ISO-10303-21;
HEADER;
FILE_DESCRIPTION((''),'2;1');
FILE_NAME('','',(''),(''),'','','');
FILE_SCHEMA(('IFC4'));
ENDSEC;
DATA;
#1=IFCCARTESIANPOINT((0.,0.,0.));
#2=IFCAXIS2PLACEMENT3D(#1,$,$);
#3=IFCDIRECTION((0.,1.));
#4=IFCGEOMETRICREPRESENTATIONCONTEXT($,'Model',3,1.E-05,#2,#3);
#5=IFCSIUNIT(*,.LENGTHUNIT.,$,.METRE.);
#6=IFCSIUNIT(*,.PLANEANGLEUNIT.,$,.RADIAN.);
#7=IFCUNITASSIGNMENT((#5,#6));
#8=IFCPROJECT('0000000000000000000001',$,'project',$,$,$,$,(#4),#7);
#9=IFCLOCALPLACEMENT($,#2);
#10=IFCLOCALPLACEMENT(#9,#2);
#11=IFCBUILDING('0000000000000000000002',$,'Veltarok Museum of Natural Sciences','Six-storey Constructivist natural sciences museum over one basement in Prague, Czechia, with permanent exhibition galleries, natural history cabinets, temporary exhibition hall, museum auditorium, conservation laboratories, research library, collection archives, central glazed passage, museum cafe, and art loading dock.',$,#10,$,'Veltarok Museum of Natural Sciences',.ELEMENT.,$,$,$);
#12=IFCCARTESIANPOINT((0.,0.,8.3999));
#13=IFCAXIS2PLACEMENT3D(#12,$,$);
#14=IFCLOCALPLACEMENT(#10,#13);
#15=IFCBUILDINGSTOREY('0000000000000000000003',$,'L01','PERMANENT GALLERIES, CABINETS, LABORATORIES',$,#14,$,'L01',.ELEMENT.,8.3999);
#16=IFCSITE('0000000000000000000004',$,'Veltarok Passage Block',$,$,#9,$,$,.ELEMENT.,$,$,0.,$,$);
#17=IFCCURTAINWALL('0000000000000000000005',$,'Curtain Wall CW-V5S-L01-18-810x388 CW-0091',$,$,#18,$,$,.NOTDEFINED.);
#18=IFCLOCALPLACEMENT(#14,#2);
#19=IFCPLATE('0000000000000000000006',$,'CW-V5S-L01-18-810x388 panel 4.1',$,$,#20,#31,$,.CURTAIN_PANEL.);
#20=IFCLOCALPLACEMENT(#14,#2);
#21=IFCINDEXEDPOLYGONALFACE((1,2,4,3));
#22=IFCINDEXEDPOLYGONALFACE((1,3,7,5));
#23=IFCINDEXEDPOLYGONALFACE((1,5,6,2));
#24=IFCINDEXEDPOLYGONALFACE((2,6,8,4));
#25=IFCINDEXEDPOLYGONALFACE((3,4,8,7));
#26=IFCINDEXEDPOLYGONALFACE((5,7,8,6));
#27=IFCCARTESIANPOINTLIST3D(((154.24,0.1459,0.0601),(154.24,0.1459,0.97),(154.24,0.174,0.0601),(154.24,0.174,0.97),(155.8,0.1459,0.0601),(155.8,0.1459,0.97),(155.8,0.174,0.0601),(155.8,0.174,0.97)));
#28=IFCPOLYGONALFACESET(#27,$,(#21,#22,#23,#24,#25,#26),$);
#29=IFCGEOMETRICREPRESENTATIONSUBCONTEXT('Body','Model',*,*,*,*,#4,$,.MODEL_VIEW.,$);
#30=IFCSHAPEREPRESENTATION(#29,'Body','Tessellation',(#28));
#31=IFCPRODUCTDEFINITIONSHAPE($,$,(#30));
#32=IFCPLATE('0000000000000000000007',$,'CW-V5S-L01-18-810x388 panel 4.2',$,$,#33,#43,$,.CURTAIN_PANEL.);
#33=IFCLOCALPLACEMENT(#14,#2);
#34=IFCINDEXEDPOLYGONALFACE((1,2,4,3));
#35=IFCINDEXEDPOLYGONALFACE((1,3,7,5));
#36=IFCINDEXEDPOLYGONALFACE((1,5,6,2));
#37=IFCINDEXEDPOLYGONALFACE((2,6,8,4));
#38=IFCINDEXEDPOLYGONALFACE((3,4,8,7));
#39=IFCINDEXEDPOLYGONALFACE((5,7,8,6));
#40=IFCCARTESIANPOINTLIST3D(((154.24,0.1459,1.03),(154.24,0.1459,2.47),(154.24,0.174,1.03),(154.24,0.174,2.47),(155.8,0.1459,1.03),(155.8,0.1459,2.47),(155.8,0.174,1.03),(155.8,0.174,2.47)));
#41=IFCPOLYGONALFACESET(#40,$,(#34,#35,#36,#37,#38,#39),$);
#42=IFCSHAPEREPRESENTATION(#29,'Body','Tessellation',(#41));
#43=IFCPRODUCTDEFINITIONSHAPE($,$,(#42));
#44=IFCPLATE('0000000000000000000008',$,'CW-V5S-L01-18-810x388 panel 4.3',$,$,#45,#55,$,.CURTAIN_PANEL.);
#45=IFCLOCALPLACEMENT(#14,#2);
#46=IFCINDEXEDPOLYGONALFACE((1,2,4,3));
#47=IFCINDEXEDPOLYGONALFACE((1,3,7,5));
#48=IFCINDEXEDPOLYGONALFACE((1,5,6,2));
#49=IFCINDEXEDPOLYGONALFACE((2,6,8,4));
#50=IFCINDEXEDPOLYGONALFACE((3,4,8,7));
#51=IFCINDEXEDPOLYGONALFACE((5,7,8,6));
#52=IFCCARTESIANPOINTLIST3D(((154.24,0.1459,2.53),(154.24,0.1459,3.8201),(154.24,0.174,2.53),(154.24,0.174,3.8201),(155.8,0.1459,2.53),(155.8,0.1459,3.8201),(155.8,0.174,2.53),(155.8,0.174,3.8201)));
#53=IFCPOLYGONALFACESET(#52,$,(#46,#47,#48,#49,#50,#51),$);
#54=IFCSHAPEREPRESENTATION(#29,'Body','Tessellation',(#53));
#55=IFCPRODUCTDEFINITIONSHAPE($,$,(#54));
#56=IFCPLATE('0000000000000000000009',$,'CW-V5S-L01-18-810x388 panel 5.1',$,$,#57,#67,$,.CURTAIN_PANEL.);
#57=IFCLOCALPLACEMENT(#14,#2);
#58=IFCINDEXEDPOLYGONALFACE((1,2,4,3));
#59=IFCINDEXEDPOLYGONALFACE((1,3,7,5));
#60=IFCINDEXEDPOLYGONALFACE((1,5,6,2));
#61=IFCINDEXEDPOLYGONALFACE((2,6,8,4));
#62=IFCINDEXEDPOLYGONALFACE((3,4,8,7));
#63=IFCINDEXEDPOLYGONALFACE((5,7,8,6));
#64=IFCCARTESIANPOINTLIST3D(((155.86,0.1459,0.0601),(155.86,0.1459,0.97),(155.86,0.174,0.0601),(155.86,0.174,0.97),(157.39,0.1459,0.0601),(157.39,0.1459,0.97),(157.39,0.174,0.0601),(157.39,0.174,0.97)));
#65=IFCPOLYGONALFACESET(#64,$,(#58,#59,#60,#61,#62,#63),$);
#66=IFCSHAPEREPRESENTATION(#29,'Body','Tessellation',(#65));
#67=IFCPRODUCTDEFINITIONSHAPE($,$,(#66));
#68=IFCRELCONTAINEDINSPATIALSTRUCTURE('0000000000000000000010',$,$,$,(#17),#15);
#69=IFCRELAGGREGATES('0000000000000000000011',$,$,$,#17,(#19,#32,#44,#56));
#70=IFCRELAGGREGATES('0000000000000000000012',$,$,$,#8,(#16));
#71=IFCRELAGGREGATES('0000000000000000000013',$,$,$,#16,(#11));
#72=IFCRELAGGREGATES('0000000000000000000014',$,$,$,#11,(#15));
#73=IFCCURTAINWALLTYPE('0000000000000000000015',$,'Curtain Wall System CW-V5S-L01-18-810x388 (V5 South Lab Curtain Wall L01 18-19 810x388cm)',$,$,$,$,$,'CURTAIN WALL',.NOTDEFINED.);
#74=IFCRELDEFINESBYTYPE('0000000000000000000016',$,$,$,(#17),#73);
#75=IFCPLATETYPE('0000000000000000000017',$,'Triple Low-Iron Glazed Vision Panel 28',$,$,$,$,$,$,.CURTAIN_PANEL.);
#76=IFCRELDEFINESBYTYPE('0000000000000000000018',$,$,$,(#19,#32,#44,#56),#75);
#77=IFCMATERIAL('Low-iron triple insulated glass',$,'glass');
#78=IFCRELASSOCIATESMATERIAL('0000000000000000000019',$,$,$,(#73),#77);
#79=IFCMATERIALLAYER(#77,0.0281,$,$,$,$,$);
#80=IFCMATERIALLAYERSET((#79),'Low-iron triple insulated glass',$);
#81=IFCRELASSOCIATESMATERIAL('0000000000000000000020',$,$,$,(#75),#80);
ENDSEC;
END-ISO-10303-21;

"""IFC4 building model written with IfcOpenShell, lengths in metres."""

from ifc_helpers import new_model, si_unit, direction, frame, origin, origin_2d, place, context, subcontext, project, spatial, rectangle, extrude, material, layer, layer_set, type_object, element, aggregate, save


model = new_model("IFC4")

# Units and contexts
model_context = context("Model", 3, precision=1e-05, world=origin(), true_north=direction((0.0, 1.0)))
body_context = subcontext(model_context, "Body", "Model", "MODEL_VIEW")
ifc_project = project(units=[si_unit("LENGTHUNIT", "METRE"), si_unit("PLANEANGLEUNIT", "RADIAN")], contexts=[model_context])

# Site, building, storey
site_placement = place(None, origin())
site = spatial("IfcSite", under=ifc_project, at=site_placement, Name="Veltarok Passage Block", CompositionType="ELEMENT", RefElevation=0.0)
building_placement = place(site_placement, origin())
building = spatial("IfcBuilding", under=site, at=building_placement, Name="Veltarok Museum of Natural Sciences", Description="Six-storey Constructivist natural sciences museum over one basement in Prague, Czechia, with permanent exhibition galleries, natural history cabinets, temporary exhibition hall, museum auditorium, conservation laboratories, research library, collection archives, central glazed passage, museum cafe, and art loading dock.", LongName="Veltarok Museum of Natural Sciences", CompositionType="ELEMENT")
storey_placement = place(building_placement, frame((0.0, 0.0, 8.3999)))
storey = spatial("IfcBuildingStorey", under=building, at=storey_placement, Name="L01", Description="PERMANENT GALLERIES, CABINETS, LABORATORIES", LongName="L01", CompositionType="ELEMENT", Elevation=8.3999)

# Curtain wall
ifc_material_1 = material(Name="Low-iron triple insulated glass", Category="glass")
curtain_wall_type = type_object("IfcCurtainWallType", Name="Curtain Wall System CW-V5S-L01-18-810x388 (V5 South Lab Curtain Wall L01 18-19 810x388cm)", ElementType="CURTAIN WALL", PredefinedType="NOTDEFINED", material=ifc_material_1)
curtain_wall_placement = place(storey_placement, origin())
curtain_wall = element("IfcCurtainWall", 1, at=curtain_wall_placement, inside=storey, type_object=curtain_wall_type, Name="Curtain Wall CW-V5S-L01-18-810x388 CW-0091", PredefinedType="NOTDEFINED")

# Plates
ifc_layer = layer(ifc_material_1, 0.0281)
ifc_layer_set = layer_set([ifc_layer], Name="Low-iron triple insulated glass")
plate_type = type_object("IfcPlateType", Name="Triple Low-Iron Glazed Vision Panel 28", PredefinedType="CURTAIN_PANEL", material=ifc_layer_set)
plate_1_placement = place(storey_placement, frame((155.02, 0.1599, 0.0601), z_axis=(0.0, 0.0, 1.0), x_axis=(1.0, 0.0, 0.0)))
plate_1 = element("IfcPlate", 2, at=plate_1_placement, type_object=plate_type, Name="CW-V5S-L01-18-810x388 panel 4.1", PredefinedType="CURTAIN_PANEL", context=body_context, shape_type="SweptSolid", body=[
    extrude(rectangle(XDim=1.5601, YDim=0.0281, at=origin_2d()), origin(), (0.0, 0.0, 1.0), 0.9099),
])
plate_2_placement = place(storey_placement, frame((155.02, 0.1599, 1.03), z_axis=(0.0, 0.0, 1.0), x_axis=(1.0, 0.0, 0.0)))
plate_2 = element("IfcPlate", 3, at=plate_2_placement, type_object=plate_type, Name="CW-V5S-L01-18-810x388 panel 4.2", PredefinedType="CURTAIN_PANEL", context=body_context, shape_type="SweptSolid", body=[
    extrude(rectangle(XDim=1.5601, YDim=0.0281, at=origin_2d()), origin(), (0.0, 0.0, 1.0), 1.4399),
])
plate_3_placement = place(storey_placement, frame((155.02, 0.1599, 2.53), z_axis=(0.0, 0.0, 1.0), x_axis=(1.0, 0.0, 0.0)))
plate_3 = element("IfcPlate", 4, at=plate_3_placement, type_object=plate_type, Name="CW-V5S-L01-18-810x388 panel 4.3", PredefinedType="CURTAIN_PANEL", context=body_context, shape_type="SweptSolid", body=[
    extrude(rectangle(XDim=1.5601, YDim=0.0281, at=origin_2d()), origin(), (0.0, 0.0, 1.0), 1.29),
])
plate_4_placement = place(storey_placement, frame((156.625, 0.1599, 0.0601), z_axis=(0.0, 0.0, 1.0), x_axis=(1.0, 0.0, 0.0)))
plate_4 = element("IfcPlate", 5, at=plate_4_placement, type_object=plate_type, Name="CW-V5S-L01-18-810x388 panel 5.1", PredefinedType="CURTAIN_PANEL", context=body_context, shape_type="SweptSolid", body=[
    extrude(rectangle(XDim=1.53, YDim=0.0281, at=origin_2d()), origin(), (0.0, 0.0, 1.0), 0.9099),
])
aggregate(curtain_wall, [plate_1, plate_2, plate_3, plate_4])

save(model, "model.ifc")
